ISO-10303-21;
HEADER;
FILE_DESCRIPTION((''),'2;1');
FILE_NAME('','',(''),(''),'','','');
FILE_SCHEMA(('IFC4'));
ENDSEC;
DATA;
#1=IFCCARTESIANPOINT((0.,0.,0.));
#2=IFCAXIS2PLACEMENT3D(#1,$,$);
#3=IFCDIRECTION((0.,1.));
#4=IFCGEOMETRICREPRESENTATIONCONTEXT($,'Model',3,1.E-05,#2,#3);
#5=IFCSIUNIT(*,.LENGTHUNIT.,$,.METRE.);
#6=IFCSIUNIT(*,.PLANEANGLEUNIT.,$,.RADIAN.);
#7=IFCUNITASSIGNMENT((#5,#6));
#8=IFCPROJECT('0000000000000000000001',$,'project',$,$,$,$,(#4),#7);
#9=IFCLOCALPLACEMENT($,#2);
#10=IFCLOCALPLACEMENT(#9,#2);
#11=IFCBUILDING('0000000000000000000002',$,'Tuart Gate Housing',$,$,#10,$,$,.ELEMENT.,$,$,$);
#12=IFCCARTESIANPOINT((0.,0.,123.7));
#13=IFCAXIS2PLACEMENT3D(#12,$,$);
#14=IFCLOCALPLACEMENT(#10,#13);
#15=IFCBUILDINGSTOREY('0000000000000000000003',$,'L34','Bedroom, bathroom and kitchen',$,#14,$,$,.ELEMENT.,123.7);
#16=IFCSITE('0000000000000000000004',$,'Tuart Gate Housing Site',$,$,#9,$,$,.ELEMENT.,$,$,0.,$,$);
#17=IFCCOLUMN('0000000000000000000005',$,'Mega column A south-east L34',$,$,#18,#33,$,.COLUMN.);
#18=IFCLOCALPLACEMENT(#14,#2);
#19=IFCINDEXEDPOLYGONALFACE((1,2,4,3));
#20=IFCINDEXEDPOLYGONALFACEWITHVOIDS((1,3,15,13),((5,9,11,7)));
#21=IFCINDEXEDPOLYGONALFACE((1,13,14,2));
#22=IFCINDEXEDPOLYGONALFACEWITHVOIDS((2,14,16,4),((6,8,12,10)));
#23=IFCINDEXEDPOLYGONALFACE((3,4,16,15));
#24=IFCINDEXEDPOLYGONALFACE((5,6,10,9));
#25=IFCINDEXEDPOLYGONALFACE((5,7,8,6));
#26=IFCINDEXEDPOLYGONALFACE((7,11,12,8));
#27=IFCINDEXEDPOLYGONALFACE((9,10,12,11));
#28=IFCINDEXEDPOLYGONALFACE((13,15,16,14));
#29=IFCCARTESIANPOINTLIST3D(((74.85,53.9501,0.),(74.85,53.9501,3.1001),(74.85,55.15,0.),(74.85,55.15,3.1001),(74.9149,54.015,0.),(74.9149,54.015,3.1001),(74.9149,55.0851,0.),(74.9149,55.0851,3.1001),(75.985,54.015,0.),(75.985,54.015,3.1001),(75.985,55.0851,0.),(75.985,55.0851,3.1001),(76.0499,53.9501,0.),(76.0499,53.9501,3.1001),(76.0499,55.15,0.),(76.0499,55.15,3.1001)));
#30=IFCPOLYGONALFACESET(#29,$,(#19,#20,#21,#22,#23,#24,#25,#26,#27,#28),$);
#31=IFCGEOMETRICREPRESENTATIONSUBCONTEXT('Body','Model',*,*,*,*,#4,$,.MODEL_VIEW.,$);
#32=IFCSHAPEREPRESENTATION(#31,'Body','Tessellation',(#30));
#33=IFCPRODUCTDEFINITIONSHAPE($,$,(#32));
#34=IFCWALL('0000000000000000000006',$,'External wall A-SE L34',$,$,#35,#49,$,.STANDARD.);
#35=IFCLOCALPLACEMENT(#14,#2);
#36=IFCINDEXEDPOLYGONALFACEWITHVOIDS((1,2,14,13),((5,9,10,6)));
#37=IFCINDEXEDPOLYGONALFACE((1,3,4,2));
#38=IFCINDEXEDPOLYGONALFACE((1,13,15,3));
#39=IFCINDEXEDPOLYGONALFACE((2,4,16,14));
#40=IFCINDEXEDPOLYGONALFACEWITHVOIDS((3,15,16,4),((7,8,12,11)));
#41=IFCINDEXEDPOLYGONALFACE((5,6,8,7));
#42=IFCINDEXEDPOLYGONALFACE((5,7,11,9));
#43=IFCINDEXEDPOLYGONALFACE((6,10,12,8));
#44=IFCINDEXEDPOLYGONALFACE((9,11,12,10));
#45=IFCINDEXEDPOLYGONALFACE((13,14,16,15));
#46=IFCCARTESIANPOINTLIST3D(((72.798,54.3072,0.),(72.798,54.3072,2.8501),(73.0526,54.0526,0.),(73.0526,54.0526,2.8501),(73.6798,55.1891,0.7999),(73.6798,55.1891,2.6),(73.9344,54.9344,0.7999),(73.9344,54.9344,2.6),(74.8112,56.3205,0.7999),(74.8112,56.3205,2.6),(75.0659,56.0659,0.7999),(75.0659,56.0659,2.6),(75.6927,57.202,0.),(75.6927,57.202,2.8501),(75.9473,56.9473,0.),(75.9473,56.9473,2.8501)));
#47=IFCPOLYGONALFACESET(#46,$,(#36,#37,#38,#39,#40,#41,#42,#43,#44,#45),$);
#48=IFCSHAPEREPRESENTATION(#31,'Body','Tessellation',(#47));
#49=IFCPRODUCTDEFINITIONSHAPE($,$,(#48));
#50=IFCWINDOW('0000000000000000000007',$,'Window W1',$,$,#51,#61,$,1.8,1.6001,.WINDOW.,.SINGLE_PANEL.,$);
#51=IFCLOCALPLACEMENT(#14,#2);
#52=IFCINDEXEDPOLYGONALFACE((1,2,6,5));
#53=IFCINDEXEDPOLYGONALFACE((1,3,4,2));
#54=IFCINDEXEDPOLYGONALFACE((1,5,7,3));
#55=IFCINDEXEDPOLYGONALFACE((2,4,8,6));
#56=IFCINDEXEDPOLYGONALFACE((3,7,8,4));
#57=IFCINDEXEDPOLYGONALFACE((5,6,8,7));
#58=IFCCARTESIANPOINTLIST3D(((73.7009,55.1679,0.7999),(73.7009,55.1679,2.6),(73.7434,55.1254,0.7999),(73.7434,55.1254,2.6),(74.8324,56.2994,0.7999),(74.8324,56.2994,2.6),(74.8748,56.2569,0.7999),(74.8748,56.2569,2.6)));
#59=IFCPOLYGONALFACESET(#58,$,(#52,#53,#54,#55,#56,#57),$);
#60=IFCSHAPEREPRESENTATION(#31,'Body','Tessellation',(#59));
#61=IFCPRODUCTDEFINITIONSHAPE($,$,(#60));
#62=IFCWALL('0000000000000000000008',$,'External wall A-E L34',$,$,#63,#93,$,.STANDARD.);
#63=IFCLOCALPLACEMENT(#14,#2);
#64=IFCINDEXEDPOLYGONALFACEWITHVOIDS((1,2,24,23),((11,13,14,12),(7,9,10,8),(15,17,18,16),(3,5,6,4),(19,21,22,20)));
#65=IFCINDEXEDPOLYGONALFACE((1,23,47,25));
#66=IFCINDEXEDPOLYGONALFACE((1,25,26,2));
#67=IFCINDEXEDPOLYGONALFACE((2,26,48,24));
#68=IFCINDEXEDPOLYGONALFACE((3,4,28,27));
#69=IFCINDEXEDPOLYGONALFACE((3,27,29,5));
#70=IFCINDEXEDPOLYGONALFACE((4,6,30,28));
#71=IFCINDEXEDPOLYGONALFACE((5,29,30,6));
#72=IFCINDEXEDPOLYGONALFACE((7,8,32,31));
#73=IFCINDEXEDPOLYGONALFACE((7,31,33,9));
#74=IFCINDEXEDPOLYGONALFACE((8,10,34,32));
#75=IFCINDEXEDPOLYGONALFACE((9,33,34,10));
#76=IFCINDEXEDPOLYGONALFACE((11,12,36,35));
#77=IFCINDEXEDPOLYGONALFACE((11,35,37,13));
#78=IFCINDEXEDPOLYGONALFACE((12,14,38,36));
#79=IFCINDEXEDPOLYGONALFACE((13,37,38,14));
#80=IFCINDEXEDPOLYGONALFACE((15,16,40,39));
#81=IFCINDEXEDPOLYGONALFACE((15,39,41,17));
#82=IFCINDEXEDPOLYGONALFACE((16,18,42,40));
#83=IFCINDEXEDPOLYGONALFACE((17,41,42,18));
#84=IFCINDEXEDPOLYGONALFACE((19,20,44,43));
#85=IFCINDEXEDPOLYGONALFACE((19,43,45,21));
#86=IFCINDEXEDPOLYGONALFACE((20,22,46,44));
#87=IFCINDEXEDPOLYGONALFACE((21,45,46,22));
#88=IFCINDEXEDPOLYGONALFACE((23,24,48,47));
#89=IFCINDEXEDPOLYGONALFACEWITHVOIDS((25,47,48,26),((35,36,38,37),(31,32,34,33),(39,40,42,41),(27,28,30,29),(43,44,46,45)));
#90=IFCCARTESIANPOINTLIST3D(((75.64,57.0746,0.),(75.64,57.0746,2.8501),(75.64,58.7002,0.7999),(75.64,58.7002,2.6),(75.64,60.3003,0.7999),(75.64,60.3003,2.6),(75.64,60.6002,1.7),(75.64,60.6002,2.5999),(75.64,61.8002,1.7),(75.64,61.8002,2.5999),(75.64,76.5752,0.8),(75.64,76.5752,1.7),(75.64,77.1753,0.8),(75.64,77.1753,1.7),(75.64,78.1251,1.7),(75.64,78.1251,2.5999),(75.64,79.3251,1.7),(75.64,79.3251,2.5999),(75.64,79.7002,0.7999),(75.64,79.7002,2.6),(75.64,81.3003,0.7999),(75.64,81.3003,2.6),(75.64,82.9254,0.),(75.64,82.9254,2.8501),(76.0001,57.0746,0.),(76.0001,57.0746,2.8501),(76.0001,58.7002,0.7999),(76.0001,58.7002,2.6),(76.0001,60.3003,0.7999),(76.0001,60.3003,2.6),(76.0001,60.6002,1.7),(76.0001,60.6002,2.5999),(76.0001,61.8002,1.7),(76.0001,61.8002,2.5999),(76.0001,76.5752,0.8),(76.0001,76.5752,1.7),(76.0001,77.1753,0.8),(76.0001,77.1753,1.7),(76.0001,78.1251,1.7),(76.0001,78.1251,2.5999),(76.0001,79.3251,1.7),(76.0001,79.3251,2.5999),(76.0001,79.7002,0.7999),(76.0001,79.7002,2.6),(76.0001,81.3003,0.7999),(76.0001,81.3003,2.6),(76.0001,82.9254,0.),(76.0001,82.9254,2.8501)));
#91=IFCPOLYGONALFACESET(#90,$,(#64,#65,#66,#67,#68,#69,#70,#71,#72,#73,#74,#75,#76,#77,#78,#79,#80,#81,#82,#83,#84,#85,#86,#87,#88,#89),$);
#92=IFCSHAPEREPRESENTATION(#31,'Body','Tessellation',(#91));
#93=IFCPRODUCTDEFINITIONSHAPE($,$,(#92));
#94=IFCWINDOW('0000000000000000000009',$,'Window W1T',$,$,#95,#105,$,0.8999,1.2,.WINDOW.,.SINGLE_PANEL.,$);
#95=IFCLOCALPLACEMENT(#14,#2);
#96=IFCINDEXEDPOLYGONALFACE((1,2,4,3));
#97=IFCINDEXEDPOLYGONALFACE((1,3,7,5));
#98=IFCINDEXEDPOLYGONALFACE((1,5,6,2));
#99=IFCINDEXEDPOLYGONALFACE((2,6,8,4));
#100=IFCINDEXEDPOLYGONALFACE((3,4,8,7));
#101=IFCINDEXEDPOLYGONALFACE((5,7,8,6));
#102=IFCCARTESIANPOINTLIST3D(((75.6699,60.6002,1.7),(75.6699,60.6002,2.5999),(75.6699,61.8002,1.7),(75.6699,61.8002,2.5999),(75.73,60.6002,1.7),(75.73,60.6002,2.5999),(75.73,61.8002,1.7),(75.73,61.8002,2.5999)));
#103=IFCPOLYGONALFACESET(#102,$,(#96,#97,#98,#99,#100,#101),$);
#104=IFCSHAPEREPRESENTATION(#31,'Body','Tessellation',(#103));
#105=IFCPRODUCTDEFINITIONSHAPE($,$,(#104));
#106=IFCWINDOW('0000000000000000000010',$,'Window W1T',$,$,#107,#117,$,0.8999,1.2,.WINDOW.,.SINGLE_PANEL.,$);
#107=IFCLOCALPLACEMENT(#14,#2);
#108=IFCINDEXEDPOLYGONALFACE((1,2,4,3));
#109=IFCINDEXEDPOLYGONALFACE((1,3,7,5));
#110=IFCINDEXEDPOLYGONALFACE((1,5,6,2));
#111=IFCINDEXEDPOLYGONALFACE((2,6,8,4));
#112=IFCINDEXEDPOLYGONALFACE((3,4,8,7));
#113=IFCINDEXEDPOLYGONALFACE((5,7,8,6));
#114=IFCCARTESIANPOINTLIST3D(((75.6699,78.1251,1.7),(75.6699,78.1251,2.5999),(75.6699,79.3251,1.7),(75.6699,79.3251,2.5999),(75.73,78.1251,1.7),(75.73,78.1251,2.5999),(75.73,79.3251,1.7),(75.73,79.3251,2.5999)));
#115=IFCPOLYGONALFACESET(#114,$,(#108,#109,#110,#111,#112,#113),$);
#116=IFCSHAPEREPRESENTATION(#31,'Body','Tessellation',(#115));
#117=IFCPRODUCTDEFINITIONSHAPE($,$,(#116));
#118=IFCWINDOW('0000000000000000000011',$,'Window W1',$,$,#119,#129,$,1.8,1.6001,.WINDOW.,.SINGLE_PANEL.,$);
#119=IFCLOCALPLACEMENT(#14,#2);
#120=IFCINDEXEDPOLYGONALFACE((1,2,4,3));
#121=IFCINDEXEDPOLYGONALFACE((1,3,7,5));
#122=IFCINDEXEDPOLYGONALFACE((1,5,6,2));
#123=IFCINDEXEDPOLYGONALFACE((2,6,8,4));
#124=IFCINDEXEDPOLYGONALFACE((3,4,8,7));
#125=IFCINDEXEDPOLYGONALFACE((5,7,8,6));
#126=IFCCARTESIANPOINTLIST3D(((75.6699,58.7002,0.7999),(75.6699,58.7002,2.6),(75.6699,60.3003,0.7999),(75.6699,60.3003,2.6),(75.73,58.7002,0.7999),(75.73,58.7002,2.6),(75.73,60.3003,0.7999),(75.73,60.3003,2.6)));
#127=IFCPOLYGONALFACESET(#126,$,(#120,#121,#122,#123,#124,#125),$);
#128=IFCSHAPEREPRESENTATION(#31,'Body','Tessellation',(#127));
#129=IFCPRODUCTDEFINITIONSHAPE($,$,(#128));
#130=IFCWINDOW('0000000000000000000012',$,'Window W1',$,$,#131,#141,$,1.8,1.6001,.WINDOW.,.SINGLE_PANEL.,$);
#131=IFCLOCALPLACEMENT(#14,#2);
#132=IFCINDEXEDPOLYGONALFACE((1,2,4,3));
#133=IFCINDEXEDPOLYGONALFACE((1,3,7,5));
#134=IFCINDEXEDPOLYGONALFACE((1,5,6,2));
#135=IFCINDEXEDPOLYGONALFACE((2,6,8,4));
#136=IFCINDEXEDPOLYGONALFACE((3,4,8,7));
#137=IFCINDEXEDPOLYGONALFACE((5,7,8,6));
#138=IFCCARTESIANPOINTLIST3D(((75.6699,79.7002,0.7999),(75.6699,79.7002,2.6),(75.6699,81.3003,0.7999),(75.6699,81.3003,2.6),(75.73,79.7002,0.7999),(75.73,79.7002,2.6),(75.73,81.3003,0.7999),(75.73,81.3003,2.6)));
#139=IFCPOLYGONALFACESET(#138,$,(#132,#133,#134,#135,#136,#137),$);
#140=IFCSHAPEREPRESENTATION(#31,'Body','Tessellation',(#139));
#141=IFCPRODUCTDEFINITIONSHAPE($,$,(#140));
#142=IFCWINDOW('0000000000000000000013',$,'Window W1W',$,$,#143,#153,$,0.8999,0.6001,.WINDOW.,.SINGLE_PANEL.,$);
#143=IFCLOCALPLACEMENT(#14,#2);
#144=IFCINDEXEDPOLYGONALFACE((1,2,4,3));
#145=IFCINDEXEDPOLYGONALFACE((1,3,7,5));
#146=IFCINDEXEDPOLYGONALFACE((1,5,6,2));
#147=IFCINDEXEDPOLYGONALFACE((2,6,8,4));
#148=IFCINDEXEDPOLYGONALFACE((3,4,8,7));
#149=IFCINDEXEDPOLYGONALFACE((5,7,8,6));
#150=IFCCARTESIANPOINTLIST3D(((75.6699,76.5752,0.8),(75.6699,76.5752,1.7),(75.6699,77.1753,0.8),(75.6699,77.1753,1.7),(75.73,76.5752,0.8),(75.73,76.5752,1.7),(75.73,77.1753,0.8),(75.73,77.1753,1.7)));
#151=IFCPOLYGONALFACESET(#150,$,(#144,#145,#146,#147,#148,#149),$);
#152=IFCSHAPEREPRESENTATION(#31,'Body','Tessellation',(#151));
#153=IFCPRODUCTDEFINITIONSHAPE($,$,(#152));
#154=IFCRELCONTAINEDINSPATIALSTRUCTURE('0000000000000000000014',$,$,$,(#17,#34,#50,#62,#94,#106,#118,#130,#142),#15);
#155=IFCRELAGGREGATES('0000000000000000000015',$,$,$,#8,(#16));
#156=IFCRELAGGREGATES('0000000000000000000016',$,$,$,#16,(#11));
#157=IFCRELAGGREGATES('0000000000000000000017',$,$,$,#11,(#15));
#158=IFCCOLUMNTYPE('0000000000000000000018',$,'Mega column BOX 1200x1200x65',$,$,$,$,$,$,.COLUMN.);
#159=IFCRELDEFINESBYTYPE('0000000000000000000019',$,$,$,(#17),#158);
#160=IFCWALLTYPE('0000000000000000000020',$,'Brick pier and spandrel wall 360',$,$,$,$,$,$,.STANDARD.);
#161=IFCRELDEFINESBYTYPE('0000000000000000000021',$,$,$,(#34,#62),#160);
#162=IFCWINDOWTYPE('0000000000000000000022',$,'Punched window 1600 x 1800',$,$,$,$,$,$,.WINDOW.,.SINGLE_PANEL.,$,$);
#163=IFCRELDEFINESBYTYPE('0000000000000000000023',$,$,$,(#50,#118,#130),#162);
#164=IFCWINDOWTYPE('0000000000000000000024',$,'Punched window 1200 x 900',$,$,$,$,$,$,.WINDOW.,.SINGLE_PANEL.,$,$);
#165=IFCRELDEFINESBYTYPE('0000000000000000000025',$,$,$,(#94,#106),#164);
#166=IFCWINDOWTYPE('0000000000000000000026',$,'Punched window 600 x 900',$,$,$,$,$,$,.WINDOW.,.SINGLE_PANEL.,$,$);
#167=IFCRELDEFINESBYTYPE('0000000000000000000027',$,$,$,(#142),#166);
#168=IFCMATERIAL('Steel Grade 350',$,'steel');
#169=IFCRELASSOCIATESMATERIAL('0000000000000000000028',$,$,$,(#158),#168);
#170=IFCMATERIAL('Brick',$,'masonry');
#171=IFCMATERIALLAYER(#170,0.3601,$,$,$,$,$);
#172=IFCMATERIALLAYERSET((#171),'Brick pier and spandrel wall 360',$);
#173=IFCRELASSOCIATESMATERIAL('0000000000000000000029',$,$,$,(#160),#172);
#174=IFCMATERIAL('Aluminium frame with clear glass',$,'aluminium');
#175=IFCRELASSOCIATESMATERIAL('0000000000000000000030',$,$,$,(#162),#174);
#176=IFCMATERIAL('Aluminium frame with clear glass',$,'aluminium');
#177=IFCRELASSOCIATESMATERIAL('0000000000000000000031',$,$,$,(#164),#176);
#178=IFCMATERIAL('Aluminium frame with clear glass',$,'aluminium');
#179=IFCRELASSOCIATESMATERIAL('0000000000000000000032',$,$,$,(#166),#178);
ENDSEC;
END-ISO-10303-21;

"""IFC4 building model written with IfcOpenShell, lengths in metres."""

from ifc_helpers import new_model, si_unit, direction, frame, frame_2d, origin, origin_2d, place, context, subcontext, project, spatial, rectangle, hollow_rectangle, extrude, material, layer, layer_set, material_profile, profile_set, type_object, element, fill, save


model = new_model("IFC4")

# Units and contexts
model_context = context("Model", 3, precision=1e-05, world=origin(), true_north=direction((0.0, 1.0)))
body_context = subcontext(model_context, "Body", "Model", "MODEL_VIEW")
ifc_project = project(units=[si_unit("LENGTHUNIT", "METRE"), si_unit("PLANEANGLEUNIT", "RADIAN")], contexts=[model_context])

# Site, building, storey
site_placement = place(None, origin())
site = spatial("IfcSite", under=ifc_project, at=site_placement, Name="Tuart Gate Housing Site", CompositionType="ELEMENT", RefElevation=0.0)
building_placement = place(site_placement, origin())
building = spatial("IfcBuilding", under=site, at=building_placement, Name="Tuart Gate Housing", CompositionType="ELEMENT")
storey_placement = place(building_placement, frame((0.0, 0.0, 123.7)))
storey = spatial("IfcBuildingStorey", under=building, at=storey_placement, Name="L34", Description="Bedroom, bathroom and kitchen", CompositionType="ELEMENT", Elevation=123.7)

# Column
ifc_material_1 = material(Name="Steel Grade 350", Category="steel")
ifc_material_profile = material_profile(ifc_material_1, hollow_rectangle(XDim=1.2, YDim=1.2, WallThickness=0.0649, at=origin_2d()), Name="BOX 1200x1200x65")
ifc_profile_set = profile_set([ifc_material_profile], Name="Steel Grade 350")
column_type = type_object("IfcColumnType", Name="Mega column BOX 1200x1200x65", PredefinedType="COLUMN", material=ifc_profile_set)
column_placement = place(storey_placement, frame((75.45, 54.55, 0.0), z_axis=(0.0, 0.0, 1.0), x_axis=(1.0, 0.0, 0.0)))
element("IfcColumn", 1, at=column_placement, inside=storey, type_object=column_type, Name="Mega column A south-east L34", PredefinedType="COLUMN", context=body_context, shape_type="SweptSolid", body=[
    extrude(hollow_rectangle(XDim=1.2, YDim=1.2, WallThickness=0.0649, at=origin_2d()), origin(), (0.0, 0.0, 1.0), 3.1001),
])

# Wall, opening, window
ifc_material_2 = material(Name="Brick", Category="masonry")
ifc_layer_1 = layer(ifc_material_2, 0.3601)
ifc_layer_set_1 = layer_set([ifc_layer_1], Name="Brick pier and spandrel wall 360")
wall_type_1 = type_object("IfcWallType", Name="Brick pier and spandrel wall 360", PredefinedType="STANDARD", material=ifc_layer_set_1)
wall_1_placement = place(storey_placement, frame((72.9253, 54.1799, 0.0), z_axis=(0.0, 0.0, 1.0), x_axis=(0.707107, 0.707107, 0.0)))
wall_1 = element("IfcWall", 2, at=wall_1_placement, inside=storey, type_object=wall_type_1, Name="External wall A-SE L34", PredefinedType="STANDARD", context=body_context, shape_type="SweptSolid", body=[
    extrude(rectangle(XDim=4.0938, YDim=0.3601, at=frame_2d((2.0469, 0.0))), origin(), (0.0, 0.0, 1.0), 2.8501),
])
opening_1_placement = place(wall_1_placement, frame((1.2471, 0.0, 0.8)))
opening_1 = element("IfcOpeningElement", 3, at=opening_1_placement, cuts=wall_1, PredefinedType="OPENING", context=body_context, shape_type="SweptSolid", body=[
    extrude(rectangle(XDim=1.6001, YDim=1.8, at=frame_2d((0.8, 0.8999))), frame((0.0, 0.1899, 0.0), z_axis=(0.0, -1.0, 0.0), x_axis=(1.0, 0.0, 0.0)), (0.0, 0.0, 1.0), 0.3801),
])
ifc_material_3 = material(Name="Aluminium frame with clear glass", Category="aluminium")
window_type_1 = type_object("IfcWindowType", Name="Punched window 1600 x 1800", PartitioningType="SINGLE_PANEL", PredefinedType="WINDOW", material=ifc_material_3)
window_1_placement = place(opening_1_placement, origin())
window_1 = element("IfcWindow", 4, at=window_1_placement, inside=storey, type_object=window_type_1, Name="Window W1", OverallHeight=1.8, OverallWidth=1.6001, PartitioningType="SINGLE_PANEL", PredefinedType="WINDOW", context=body_context, shape_type="SweptSolid", body=[
    extrude(rectangle(XDim=1.6001, YDim=1.8, at=frame_2d((0.8, 0.8999))), frame((0.0, 0.1501, 0.0), z_axis=(0.0, -1.0, 0.0), x_axis=(1.0, 0.0, 0.0)), (0.0, 0.0, 1.0), 0.0601),
])
fill(opening_1, window_1)

# Wall, openings, windows
wall_2_placement = place(storey_placement, frame((75.8201, 57.0747, 0.0), z_axis=(0.0, 0.0, 1.0), x_axis=(0.0, 1.0, 0.0)))
wall_2 = element("IfcWall", 5, at=wall_2_placement, inside=storey, type_object=wall_type_1, Name="External wall A-E L34", PredefinedType="STANDARD", context=body_context, shape_type="SweptSolid", body=[
    extrude(rectangle(XDim=25.8508, YDim=0.3601, at=frame_2d((12.9253, 0.0))), origin(), (0.0, 0.0, 1.0), 2.8501),
])
opening_2_placement = place(wall_2_placement, frame((1.6255, 0.0, 0.8)))
opening_2 = element("IfcOpeningElement", 6, at=opening_2_placement, cuts=wall_2, PredefinedType="OPENING", context=body_context, shape_type="SweptSolid", body=[
    extrude(rectangle(XDim=1.6001, YDim=1.8, at=frame_2d((0.8, 0.8999))), frame((0.0, 0.1899, 0.0), z_axis=(0.0, -1.0, 0.0), x_axis=(1.0, 0.0, 0.0)), (0.0, 0.0, 1.0), 0.3801),
])
opening_3_placement = place(wall_2_placement, frame((3.5254, 0.0, 1.7)))
opening_3 = element("IfcOpeningElement", 7, at=opening_3_placement, cuts=wall_2, PredefinedType="OPENING", context=body_context, shape_type="SweptSolid", body=[
    extrude(rectangle(XDim=1.2, YDim=0.8999, at=frame_2d((0.6001, 0.45))), frame((0.0, 0.1899, 0.0), z_axis=(0.0, -1.0, 0.0), x_axis=(1.0, 0.0, 0.0)), (0.0, 0.0, 1.0), 0.3801),
])
opening_4_placement = place(wall_2_placement, frame((19.5005, 0.0, 0.8)))
opening_4 = element("IfcOpeningElement", 8, at=opening_4_placement, cuts=wall_2, PredefinedType="OPENING", context=body_context, shape_type="SweptSolid", body=[
    extrude(rectangle(XDim=0.6001, YDim=0.8999, at=frame_2d((0.3, 0.45))), frame((0.0, 0.1899, 0.0), z_axis=(0.0, -1.0, 0.0), x_axis=(1.0, 0.0, 0.0)), (0.0, 0.0, 1.0), 0.3801),
])
opening_5_placement = place(wall_2_placement, frame((22.6255, 0.0, 0.8)))
opening_5 = element("IfcOpeningElement", 9, at=opening_5_placement, cuts=wall_2, PredefinedType="OPENING", context=body_context, shape_type="SweptSolid", body=[
    extrude(rectangle(XDim=1.6001, YDim=1.8, at=frame_2d((0.8, 0.8999))), frame((0.0, 0.1899, 0.0), z_axis=(0.0, -1.0, 0.0), x_axis=(1.0, 0.0, 0.0)), (0.0, 0.0, 1.0), 0.3801),
])
opening_6_placement = place(wall_2_placement, frame((21.0503, 0.0, 1.7)))
opening_6 = element("IfcOpeningElement", 10, at=opening_6_placement, cuts=wall_2, PredefinedType="OPENING", context=body_context, shape_type="SweptSolid", body=[
    extrude(rectangle(XDim=1.2, YDim=0.8999, at=frame_2d((0.6001, 0.45))), frame((0.0, 0.1899, 0.0), z_axis=(0.0, -1.0, 0.0), x_axis=(1.0, 0.0, 0.0)), (0.0, 0.0, 1.0), 0.3801),
])
ifc_material_4 = material(Name="Aluminium frame with clear glass", Category="aluminium")
window_type_2 = type_object("IfcWindowType", Name="Punched window 1200 x 900", PartitioningType="SINGLE_PANEL", PredefinedType="WINDOW", material=ifc_material_4)
window_2_placement = place(opening_3_placement, origin())
window_2 = element("IfcWindow", 11, at=window_2_placement, inside=storey, type_object=window_type_2, Name="Window W1T", OverallHeight=0.8999, OverallWidth=1.2, PartitioningType="SINGLE_PANEL", PredefinedType="WINDOW", context=body_context, shape_type="SweptSolid", body=[
    extrude(rectangle(XDim=1.2, YDim=0.8999, at=frame_2d((0.6001, 0.45))), frame((0.0, 0.1501, 0.0), z_axis=(0.0, -1.0, 0.0), x_axis=(1.0, 0.0, 0.0)), (0.0, 0.0, 1.0), 0.0601),
])
fill(opening_3, window_2)
window_3_placement = place(opening_6_placement, origin())
window_3 = element("IfcWindow", 12, at=window_3_placement, inside=storey, type_object=window_type_2, Name="Window W1T", OverallHeight=0.8999, OverallWidth=1.2, PartitioningType="SINGLE_PANEL", PredefinedType="WINDOW", context=body_context, shape_type="SweptSolid", body=[
    extrude(rectangle(XDim=1.2, YDim=0.8999, at=frame_2d((0.6001, 0.45))), frame((0.0, 0.1501, 0.0), z_axis=(0.0, -1.0, 0.0), x_axis=(1.0, 0.0, 0.0)), (0.0, 0.0, 1.0), 0.0601),
])
fill(opening_6, window_3)
window_4_placement = place(opening_2_placement, origin())
window_4 = element("IfcWindow", 13, at=window_4_placement, inside=storey, type_object=window_type_1, Name="Window W1", OverallHeight=1.8, OverallWidth=1.6001, PartitioningType="SINGLE_PANEL", PredefinedType="WINDOW", context=body_context, shape_type="SweptSolid", body=[
    extrude(rectangle(XDim=1.6001, YDim=1.8, at=frame_2d((0.8, 0.8999))), frame((0.0, 0.1501, 0.0), z_axis=(0.0, -1.0, 0.0), x_axis=(1.0, 0.0, 0.0)), (0.0, 0.0, 1.0), 0.0601),
])
fill(opening_2, window_4)
window_5_placement = place(opening_5_placement, origin())
window_5 = element("IfcWindow", 14, at=window_5_placement, inside=storey, type_object=window_type_1, Name="Window W1", OverallHeight=1.8, OverallWidth=1.6001, PartitioningType="SINGLE_PANEL", PredefinedType="WINDOW", context=body_context, shape_type="SweptSolid", body=[
    extrude(rectangle(XDim=1.6001, YDim=1.8, at=frame_2d((0.8, 0.8999))), frame((0.0, 0.1501, 0.0), z_axis=(0.0, -1.0, 0.0), x_axis=(1.0, 0.0, 0.0)), (0.0, 0.0, 1.0), 0.0601),
])
fill(opening_5, window_5)
ifc_material_5 = material(Name="Aluminium frame with clear glass", Category="aluminium")
window_type_3 = type_object("IfcWindowType", Name="Punched window 600 x 900", PartitioningType="SINGLE_PANEL", PredefinedType="WINDOW", material=ifc_material_5)
window_6_placement = place(opening_4_placement, origin())
window_6 = element("IfcWindow", 15, at=window_6_placement, inside=storey, type_object=window_type_3, Name="Window W1W", OverallHeight=0.8999, OverallWidth=0.6001, PartitioningType="SINGLE_PANEL", PredefinedType="WINDOW", context=body_context, shape_type="SweptSolid", body=[
    extrude(rectangle(XDim=0.6001, YDim=0.8999, at=frame_2d((0.3, 0.45))), frame((0.0, 0.1501, 0.0), z_axis=(0.0, -1.0, 0.0), x_axis=(1.0, 0.0, 0.0)), (0.0, 0.0, 1.0), 0.0601),
])
fill(opening_4, window_6)

save(model, "model.ifc")
